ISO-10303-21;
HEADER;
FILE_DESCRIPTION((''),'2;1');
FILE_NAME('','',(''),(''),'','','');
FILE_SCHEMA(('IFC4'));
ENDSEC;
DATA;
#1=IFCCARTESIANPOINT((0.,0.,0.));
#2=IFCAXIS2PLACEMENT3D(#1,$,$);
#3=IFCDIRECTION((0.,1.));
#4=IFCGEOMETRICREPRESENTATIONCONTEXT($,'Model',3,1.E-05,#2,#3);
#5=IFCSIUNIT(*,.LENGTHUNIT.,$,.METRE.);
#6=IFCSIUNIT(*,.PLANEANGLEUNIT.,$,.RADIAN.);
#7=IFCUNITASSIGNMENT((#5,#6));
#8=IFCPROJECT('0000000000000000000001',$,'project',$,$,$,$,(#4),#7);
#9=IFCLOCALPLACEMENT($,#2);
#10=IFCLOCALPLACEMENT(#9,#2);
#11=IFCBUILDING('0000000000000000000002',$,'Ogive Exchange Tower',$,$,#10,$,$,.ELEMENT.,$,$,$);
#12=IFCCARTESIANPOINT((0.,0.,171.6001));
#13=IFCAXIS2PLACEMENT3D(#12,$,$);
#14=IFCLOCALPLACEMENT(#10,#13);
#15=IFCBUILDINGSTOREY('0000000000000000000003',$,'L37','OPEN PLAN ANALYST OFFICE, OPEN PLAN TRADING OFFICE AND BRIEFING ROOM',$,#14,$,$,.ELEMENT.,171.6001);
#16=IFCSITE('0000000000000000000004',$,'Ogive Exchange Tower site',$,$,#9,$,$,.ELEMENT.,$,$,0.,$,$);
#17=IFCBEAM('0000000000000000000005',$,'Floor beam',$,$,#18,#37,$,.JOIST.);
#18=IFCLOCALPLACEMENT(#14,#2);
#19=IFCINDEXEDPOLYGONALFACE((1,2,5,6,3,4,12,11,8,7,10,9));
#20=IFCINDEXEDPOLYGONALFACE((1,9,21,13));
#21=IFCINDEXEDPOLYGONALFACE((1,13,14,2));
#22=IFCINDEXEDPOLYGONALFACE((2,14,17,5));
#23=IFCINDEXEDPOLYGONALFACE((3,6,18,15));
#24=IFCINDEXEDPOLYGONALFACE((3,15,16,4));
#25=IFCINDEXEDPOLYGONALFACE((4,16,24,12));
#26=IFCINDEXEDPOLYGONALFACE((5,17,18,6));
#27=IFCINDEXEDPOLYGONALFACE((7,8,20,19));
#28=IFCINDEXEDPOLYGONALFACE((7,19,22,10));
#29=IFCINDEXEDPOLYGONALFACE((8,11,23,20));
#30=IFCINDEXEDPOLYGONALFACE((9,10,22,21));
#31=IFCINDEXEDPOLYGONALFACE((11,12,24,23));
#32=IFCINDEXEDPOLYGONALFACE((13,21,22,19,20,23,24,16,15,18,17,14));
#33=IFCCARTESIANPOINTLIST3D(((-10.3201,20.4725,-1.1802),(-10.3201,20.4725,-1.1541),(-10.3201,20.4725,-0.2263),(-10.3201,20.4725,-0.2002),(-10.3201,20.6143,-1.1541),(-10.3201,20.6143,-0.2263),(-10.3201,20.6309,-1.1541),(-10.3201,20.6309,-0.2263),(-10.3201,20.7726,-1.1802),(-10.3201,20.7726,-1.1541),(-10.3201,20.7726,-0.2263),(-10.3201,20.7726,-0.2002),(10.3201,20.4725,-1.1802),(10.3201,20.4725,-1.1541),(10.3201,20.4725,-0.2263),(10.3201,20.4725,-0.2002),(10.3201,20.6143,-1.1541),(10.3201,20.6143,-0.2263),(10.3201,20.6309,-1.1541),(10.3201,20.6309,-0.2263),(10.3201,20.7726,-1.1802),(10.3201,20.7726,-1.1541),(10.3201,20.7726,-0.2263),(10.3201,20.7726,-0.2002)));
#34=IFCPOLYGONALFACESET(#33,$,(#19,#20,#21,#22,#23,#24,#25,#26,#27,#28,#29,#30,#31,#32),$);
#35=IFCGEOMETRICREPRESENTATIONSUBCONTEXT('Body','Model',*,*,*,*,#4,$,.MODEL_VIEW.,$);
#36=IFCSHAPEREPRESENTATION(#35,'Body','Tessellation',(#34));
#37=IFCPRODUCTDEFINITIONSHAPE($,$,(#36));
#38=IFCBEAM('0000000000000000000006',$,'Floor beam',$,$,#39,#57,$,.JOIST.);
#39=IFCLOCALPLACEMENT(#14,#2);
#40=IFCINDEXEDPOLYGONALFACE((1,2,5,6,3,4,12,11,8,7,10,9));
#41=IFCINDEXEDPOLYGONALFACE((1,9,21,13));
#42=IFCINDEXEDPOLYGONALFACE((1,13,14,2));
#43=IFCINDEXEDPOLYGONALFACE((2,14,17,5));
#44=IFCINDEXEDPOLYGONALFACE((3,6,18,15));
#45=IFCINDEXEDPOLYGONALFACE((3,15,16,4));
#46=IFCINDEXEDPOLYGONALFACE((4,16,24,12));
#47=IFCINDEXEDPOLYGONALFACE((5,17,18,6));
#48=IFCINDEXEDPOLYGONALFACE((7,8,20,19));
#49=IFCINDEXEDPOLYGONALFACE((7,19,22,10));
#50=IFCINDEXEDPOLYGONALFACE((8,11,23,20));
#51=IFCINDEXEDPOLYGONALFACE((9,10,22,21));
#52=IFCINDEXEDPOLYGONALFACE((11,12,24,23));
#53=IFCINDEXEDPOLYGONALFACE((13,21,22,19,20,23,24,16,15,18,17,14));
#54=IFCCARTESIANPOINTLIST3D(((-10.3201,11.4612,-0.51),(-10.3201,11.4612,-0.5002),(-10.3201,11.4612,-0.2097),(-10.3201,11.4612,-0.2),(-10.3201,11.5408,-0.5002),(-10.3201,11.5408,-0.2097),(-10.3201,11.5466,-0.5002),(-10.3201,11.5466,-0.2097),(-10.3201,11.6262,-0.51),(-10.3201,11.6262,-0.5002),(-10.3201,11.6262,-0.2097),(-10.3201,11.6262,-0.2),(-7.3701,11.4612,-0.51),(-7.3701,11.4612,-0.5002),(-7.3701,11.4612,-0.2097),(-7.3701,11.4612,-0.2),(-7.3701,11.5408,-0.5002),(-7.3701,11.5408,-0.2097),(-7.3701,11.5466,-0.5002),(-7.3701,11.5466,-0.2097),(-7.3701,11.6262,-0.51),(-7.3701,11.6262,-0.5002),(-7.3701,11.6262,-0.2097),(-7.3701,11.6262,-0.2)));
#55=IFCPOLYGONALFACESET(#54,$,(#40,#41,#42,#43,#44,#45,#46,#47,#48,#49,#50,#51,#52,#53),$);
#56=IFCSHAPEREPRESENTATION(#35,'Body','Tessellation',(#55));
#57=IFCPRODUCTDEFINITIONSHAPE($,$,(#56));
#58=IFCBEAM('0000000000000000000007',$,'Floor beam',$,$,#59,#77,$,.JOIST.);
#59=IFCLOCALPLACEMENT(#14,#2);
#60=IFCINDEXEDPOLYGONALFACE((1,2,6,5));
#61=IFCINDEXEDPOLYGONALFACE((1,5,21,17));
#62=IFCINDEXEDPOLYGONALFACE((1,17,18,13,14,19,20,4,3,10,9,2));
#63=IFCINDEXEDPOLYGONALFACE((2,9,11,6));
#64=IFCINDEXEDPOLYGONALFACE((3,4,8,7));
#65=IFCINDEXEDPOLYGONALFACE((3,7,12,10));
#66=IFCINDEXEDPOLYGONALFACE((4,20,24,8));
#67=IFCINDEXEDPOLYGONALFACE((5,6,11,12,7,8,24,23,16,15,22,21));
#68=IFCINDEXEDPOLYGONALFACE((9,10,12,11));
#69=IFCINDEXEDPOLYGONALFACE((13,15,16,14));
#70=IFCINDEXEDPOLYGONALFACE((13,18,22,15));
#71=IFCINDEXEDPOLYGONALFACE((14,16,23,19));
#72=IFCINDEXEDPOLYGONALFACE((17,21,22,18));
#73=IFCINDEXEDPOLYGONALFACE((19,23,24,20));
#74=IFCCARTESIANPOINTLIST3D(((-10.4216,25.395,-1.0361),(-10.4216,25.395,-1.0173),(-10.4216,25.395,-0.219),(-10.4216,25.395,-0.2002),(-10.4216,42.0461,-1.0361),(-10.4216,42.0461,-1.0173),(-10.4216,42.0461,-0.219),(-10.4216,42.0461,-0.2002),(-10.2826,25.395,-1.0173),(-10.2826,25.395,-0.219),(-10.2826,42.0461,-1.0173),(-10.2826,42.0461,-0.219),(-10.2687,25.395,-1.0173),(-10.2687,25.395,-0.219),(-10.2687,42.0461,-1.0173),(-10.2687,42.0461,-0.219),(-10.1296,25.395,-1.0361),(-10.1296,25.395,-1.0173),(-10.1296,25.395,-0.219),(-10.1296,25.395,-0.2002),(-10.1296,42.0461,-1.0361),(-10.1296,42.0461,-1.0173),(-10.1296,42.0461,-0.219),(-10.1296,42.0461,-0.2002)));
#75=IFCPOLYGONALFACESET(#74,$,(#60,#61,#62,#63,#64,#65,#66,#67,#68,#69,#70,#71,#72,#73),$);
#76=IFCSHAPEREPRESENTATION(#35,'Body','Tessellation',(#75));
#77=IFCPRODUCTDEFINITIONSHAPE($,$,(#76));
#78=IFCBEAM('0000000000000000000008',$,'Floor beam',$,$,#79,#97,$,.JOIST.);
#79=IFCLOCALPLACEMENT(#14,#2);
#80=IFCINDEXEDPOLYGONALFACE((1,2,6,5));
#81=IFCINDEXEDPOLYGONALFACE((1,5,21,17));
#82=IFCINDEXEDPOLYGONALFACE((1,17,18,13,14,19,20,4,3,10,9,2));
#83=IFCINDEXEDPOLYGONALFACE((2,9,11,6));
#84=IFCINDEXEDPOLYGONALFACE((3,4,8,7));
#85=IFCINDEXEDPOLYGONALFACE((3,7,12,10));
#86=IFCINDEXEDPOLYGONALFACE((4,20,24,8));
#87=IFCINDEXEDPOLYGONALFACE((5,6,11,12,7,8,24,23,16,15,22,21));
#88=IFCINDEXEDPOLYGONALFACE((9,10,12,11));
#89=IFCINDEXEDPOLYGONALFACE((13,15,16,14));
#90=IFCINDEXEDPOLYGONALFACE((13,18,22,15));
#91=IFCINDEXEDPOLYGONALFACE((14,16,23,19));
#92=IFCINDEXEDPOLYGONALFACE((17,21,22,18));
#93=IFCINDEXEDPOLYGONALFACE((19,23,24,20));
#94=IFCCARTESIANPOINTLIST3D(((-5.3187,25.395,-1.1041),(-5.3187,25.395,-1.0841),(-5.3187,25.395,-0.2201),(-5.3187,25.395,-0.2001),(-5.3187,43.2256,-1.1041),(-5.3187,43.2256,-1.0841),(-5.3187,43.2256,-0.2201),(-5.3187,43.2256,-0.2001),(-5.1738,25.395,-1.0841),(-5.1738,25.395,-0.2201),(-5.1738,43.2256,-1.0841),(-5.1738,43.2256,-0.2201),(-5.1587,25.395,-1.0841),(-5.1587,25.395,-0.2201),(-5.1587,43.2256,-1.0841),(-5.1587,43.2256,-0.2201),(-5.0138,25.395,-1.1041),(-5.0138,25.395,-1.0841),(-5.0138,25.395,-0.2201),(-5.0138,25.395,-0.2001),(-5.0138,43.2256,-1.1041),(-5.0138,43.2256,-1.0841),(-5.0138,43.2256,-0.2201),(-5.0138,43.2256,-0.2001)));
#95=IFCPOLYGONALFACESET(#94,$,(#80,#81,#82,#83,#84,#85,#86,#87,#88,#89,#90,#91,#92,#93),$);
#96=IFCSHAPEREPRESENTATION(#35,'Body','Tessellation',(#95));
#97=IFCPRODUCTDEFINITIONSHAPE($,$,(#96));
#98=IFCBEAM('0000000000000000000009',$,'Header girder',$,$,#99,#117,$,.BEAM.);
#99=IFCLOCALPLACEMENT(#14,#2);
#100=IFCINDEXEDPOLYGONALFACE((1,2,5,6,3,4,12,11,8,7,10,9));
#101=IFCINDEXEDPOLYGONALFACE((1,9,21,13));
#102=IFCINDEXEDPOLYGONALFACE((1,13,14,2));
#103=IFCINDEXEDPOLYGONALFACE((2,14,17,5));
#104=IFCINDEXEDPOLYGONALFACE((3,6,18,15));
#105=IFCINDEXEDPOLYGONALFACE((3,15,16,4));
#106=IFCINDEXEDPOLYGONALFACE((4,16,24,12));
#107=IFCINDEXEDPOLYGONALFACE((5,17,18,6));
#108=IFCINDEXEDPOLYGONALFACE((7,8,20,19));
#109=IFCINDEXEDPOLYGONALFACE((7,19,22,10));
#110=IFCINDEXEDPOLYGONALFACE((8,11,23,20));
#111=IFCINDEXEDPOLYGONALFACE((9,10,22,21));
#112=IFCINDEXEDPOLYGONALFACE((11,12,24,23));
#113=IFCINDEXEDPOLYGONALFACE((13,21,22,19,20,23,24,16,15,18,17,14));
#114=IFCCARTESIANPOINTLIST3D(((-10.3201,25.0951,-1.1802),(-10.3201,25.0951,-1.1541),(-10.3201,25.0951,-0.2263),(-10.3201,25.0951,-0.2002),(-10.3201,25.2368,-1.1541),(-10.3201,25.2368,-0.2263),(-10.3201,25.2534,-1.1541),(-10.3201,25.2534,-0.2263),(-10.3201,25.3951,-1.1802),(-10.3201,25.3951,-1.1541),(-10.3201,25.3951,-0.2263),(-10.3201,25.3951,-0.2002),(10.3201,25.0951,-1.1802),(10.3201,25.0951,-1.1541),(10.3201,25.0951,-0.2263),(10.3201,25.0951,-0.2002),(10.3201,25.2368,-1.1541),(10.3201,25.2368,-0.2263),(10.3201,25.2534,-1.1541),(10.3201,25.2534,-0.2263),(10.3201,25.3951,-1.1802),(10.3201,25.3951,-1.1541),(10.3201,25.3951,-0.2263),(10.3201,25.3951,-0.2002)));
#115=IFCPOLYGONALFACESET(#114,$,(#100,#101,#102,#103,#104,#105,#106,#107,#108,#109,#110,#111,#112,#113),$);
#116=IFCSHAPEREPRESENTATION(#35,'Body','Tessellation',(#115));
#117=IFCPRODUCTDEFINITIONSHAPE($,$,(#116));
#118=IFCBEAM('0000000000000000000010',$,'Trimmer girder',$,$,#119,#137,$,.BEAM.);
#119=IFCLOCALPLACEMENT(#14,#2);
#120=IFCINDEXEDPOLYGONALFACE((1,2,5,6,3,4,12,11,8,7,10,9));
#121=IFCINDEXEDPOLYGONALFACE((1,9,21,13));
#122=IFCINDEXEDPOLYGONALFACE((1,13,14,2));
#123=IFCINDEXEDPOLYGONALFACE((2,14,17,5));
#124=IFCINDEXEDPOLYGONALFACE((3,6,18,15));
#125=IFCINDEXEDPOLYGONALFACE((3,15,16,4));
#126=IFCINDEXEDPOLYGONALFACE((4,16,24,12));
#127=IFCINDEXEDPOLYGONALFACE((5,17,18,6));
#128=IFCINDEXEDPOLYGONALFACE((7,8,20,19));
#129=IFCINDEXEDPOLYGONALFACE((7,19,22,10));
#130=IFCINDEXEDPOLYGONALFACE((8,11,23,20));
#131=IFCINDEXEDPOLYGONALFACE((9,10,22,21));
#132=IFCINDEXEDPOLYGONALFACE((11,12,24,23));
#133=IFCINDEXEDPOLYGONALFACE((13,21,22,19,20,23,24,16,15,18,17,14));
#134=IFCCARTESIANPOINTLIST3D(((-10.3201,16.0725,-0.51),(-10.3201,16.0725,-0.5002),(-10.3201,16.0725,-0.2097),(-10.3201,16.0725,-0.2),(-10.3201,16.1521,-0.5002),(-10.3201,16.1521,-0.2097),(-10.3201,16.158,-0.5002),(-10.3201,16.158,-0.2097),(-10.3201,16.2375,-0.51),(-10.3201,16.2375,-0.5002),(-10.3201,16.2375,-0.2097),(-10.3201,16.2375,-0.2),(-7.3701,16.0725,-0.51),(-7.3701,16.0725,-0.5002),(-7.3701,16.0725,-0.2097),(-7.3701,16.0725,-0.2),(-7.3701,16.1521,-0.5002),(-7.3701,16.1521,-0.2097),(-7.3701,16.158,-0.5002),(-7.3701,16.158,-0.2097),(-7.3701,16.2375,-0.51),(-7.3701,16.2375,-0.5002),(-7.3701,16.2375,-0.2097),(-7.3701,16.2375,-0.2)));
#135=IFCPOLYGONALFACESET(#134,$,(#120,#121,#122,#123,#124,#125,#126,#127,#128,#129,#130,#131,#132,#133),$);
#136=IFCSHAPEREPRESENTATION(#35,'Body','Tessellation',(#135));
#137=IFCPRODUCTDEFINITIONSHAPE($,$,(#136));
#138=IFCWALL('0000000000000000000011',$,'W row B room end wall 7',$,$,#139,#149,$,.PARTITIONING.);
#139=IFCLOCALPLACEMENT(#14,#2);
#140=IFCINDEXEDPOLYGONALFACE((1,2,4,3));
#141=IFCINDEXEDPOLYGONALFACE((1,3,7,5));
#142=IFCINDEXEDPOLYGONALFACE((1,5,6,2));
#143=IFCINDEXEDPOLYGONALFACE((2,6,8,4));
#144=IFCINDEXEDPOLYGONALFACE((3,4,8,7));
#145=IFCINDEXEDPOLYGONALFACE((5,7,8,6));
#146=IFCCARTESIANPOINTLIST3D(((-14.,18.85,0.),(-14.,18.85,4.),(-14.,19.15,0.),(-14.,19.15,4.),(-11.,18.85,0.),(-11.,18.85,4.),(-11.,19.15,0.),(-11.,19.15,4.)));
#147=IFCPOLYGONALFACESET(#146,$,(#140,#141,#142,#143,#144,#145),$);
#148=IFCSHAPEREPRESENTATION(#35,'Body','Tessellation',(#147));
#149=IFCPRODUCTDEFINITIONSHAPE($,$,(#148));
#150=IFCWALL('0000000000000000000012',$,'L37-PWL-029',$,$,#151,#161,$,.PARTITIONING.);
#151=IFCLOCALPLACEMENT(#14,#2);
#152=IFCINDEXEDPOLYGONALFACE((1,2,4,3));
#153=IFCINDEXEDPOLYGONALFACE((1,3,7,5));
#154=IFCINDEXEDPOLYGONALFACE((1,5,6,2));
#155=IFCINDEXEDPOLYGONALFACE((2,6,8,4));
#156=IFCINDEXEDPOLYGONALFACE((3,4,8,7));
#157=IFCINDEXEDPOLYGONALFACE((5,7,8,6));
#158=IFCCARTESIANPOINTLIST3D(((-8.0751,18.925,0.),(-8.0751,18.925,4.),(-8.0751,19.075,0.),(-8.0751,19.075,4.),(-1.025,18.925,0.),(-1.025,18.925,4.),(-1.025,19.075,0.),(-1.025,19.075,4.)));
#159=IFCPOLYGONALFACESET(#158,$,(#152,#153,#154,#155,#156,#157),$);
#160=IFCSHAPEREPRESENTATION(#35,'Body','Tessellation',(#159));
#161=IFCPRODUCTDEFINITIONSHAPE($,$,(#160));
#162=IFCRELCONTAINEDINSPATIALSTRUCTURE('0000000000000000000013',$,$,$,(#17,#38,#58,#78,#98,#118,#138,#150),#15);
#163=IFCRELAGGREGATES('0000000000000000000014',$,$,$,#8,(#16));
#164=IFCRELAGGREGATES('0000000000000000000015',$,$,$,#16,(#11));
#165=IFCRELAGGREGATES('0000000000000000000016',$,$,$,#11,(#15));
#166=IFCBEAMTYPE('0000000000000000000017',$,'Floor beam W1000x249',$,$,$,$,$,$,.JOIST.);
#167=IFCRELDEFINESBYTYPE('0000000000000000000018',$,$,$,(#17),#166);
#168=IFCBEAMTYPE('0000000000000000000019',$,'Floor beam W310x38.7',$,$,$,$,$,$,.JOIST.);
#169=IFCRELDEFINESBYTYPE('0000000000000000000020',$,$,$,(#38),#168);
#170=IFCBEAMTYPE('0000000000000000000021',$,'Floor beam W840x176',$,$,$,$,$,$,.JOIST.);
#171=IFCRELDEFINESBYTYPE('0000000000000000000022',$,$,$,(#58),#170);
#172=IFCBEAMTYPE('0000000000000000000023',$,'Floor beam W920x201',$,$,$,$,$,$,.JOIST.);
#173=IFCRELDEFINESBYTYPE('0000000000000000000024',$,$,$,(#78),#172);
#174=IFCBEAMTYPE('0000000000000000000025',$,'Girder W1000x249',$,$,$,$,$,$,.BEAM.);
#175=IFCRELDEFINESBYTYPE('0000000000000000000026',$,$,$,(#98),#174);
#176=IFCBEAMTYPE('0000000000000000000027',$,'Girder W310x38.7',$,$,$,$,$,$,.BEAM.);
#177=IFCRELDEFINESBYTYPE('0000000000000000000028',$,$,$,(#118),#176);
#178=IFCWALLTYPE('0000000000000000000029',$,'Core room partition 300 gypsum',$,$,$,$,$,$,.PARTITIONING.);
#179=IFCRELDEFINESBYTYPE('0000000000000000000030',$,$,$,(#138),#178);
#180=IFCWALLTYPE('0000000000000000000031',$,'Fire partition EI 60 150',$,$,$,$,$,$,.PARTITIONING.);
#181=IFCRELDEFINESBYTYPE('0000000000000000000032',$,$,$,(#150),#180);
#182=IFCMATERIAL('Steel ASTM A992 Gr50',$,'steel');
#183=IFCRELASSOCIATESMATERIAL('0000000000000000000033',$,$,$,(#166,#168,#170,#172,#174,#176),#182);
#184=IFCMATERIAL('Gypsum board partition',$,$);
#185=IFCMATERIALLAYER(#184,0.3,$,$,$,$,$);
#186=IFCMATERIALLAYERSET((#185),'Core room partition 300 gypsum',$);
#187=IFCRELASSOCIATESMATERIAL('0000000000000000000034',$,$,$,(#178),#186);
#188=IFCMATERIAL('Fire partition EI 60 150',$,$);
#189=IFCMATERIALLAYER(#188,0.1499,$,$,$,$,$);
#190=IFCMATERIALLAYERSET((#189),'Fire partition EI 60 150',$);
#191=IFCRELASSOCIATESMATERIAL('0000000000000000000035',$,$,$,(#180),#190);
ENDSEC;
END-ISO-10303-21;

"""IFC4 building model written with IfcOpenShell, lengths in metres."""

from ifc_helpers import new_model, si_unit, direction, frame, frame_2d, origin, origin_2d, place, context, subcontext, project, spatial, rectangle, i_section, extrude, material, layer, layer_set, material_profile, profile_set, type_object, element, save


model = new_model("IFC4")

# Units and contexts
model_context = context("Model", 3, precision=1e-05, world=origin(), true_north=direction((0.0, 1.0)))
body_context = subcontext(model_context, "Body", "Model", "MODEL_VIEW")
ifc_project = project(units=[si_unit("LENGTHUNIT", "METRE"), si_unit("PLANEANGLEUNIT", "RADIAN")], contexts=[model_context])

# Site, building, storey
site_placement = place(None, origin())
site = spatial("IfcSite", under=ifc_project, at=site_placement, Name="Ogive Exchange Tower site", CompositionType="ELEMENT", RefElevation=0.0)
building_placement = place(site_placement, origin())
building = spatial("IfcBuilding", under=site, at=building_placement, Name="Ogive Exchange Tower", CompositionType="ELEMENT")
storey_placement = place(building_placement, frame((0.0, 0.0, 171.6001)))
storey = spatial("IfcBuildingStorey", under=building, at=storey_placement, Name="L37", Description="OPEN PLAN ANALYST OFFICE, OPEN PLAN TRADING OFFICE AND BRIEFING ROOM", CompositionType="ELEMENT", Elevation=171.6001)

# Beams
ifc_material_1 = material(Name="Steel ASTM A992 Gr50", Category="steel")
ifc_material_profile_1 = material_profile(ifc_material_1, i_section(OverallWidth=0.3, OverallDepth=0.98, WebThickness=0.0166, FlangeThickness=0.0261, at=origin_2d()), Name="W1000x249")
ifc_profile_set_1 = profile_set([ifc_material_profile_1], Name="Steel ASTM A992 Gr50")
beam_type_1 = type_object("IfcBeamType", Name="Floor beam W1000x249", PredefinedType="JOIST", material=ifc_profile_set_1)
beam_1_placement = place(storey_placement, frame((-10.3201, 20.6226, -0.6902), z_axis=(1.0, 0.0, 0.0), x_axis=(0.0, 1.0, 0.0)))
element("IfcBeam", 1, at=beam_1_placement, inside=storey, type_object=beam_type_1, Name="Floor beam", PredefinedType="JOIST", context=body_context, shape_type="SweptSolid", body=[
    extrude(i_section(OverallWidth=0.3, OverallDepth=0.98, WebThickness=0.0166, FlangeThickness=0.0261, at=origin_2d()), origin(), (0.0, 0.0, 1.0), 20.6401),
])
ifc_material_profile_2 = material_profile(ifc_material_1, i_section(OverallWidth=0.165, OverallDepth=0.3101, WebThickness=0.0059, FlangeThickness=0.0098, at=origin_2d()), Name="W310x38.7")
ifc_profile_set_2 = profile_set([ifc_material_profile_2], Name="Steel ASTM A992 Gr50")
beam_type_2 = type_object("IfcBeamType", Name="Floor beam W310x38.7", PredefinedType="JOIST", material=ifc_profile_set_2)
beam_2_placement = place(storey_placement, frame((-10.3201, 11.5437, -0.355), z_axis=(1.0, 0.0, 0.0), x_axis=(0.0, 1.0, 0.0)))
element("IfcBeam", 2, at=beam_2_placement, inside=storey, type_object=beam_type_2, Name="Floor beam", PredefinedType="JOIST", context=body_context, shape_type="SweptSolid", body=[
    extrude(i_section(OverallWidth=0.165, OverallDepth=0.3101, WebThickness=0.0059, FlangeThickness=0.0098, at=origin_2d()), origin(), (0.0, 0.0, 1.0), 2.95),
])
ifc_material_profile_3 = material_profile(ifc_material_1, i_section(OverallWidth=0.292, OverallDepth=0.8359, WebThickness=0.0139, FlangeThickness=0.0188, at=origin_2d()), Name="W840x176")
ifc_profile_set_3 = profile_set([ifc_material_profile_3], Name="Steel ASTM A992 Gr50")
beam_type_3 = type_object("IfcBeamType", Name="Floor beam W840x176", PredefinedType="JOIST", material=ifc_profile_set_3)
beam_3_placement = place(storey_placement, frame((-10.2756, 25.395, -0.6182), z_axis=(0.0, 1.0, 0.0), x_axis=(-1.0, 0.0, 0.0)))
element("IfcBeam", 3, at=beam_3_placement, inside=storey, type_object=beam_type_3, Name="Floor beam", PredefinedType="JOIST", context=body_context, shape_type="SweptSolid", body=[
    extrude(i_section(OverallWidth=0.292, OverallDepth=0.8359, WebThickness=0.0139, FlangeThickness=0.0188, at=origin_2d()), origin(), (0.0, 0.0, 1.0), 16.6511),
])
ifc_material_profile_4 = material_profile(ifc_material_1, i_section(OverallWidth=0.3049, OverallDepth=0.9041, WebThickness=0.0151, FlangeThickness=0.02, at=origin_2d()), Name="W920x201")
ifc_profile_set_4 = profile_set([ifc_material_profile_4], Name="Steel ASTM A992 Gr50")
beam_type_4 = type_object("IfcBeamType", Name="Floor beam W920x201", PredefinedType="JOIST", material=ifc_profile_set_4)
beam_4_placement = place(storey_placement, frame((-5.1663, 25.395, -0.6521), z_axis=(0.0, 1.0, 0.0), x_axis=(-1.0, 0.0, 0.0)))
element("IfcBeam", 4, at=beam_4_placement, inside=storey, type_object=beam_type_4, Name="Floor beam", PredefinedType="JOIST", context=body_context, shape_type="SweptSolid", body=[
    extrude(i_section(OverallWidth=0.3049, OverallDepth=0.9041, WebThickness=0.0151, FlangeThickness=0.02, at=origin_2d()), origin(), (0.0, 0.0, 1.0), 17.8306),
])
ifc_material_profile_5 = material_profile(ifc_material_1, i_section(OverallWidth=0.3, OverallDepth=0.98, WebThickness=0.0166, FlangeThickness=0.0261, at=origin_2d()), Name="W1000x249")
ifc_profile_set_5 = profile_set([ifc_material_profile_5], Name="Steel ASTM A992 Gr50")
beam_type_5 = type_object("IfcBeamType", Name="Girder W1000x249", PredefinedType="BEAM", material=ifc_profile_set_5)
beam_5_placement = place(storey_placement, frame((-10.3201, 25.2451, -0.6902), z_axis=(1.0, 0.0, 0.0), x_axis=(0.0, 1.0, 0.0)))
element("IfcBeam", 5, at=beam_5_placement, inside=storey, type_object=beam_type_5, Name="Header girder", PredefinedType="BEAM", context=body_context, shape_type="SweptSolid", body=[
    extrude(i_section(OverallWidth=0.3, OverallDepth=0.98, WebThickness=0.0166, FlangeThickness=0.0261, at=origin_2d()), origin(), (0.0, 0.0, 1.0), 20.6401),
])
ifc_material_profile_6 = material_profile(ifc_material_1, i_section(OverallWidth=0.165, OverallDepth=0.3101, WebThickness=0.0059, FlangeThickness=0.0098, at=origin_2d()), Name="W310x38.7")
ifc_profile_set_6 = profile_set([ifc_material_profile_6], Name="Steel ASTM A992 Gr50")
beam_type_6 = type_object("IfcBeamType", Name="Girder W310x38.7", PredefinedType="BEAM", material=ifc_profile_set_6)
beam_6_placement = place(storey_placement, frame((-10.3201, 16.155, -0.355), z_axis=(1.0, 0.0, 0.0), x_axis=(0.0, 1.0, 0.0)))
element("IfcBeam", 6, at=beam_6_placement, inside=storey, type_object=beam_type_6, Name="Trimmer girder", PredefinedType="BEAM", context=body_context, shape_type="SweptSolid", body=[
    extrude(i_section(OverallWidth=0.165, OverallDepth=0.3101, WebThickness=0.0059, FlangeThickness=0.0098, at=origin_2d()), origin(), (0.0, 0.0, 1.0), 2.95),
])

# Walls
ifc_material_2 = material(Name="Gypsum board partition")
ifc_layer_1 = layer(ifc_material_2, 0.3)
ifc_layer_set_1 = layer_set([ifc_layer_1], Name="Core room partition 300 gypsum")
wall_type_1 = type_object("IfcWallType", Name="Core room partition 300 gypsum", PredefinedType="PARTITIONING", material=ifc_layer_set_1)
wall_1_placement = place(storey_placement, frame((-14.0, 19.0, 0.0), z_axis=(0.0, 0.0, 1.0), x_axis=(1.0, 0.0, 0.0)))
element("IfcWall", 7, at=wall_1_placement, inside=storey, type_object=wall_type_1, Name="W row B room end wall 7", PredefinedType="PARTITIONING", context=body_context, shape_type="SweptSolid", body=[
    extrude(rectangle(XDim=3.0, YDim=0.3, at=frame_2d((1.5, 0.0))), origin(), (0.0, 0.0, 1.0), 4.0),
])
ifc_material_3 = material(Name="Fire partition EI 60 150")
ifc_layer_2 = layer(ifc_material_3, 0.1499)
ifc_layer_set_2 = layer_set([ifc_layer_2], Name="Fire partition EI 60 150")
wall_type_2 = type_object("IfcWallType", Name="Fire partition EI 60 150", PredefinedType="PARTITIONING", material=ifc_layer_set_2)
wall_2_placement = place(storey_placement, frame((-8.075, 19.0, 0.0), z_axis=(0.0, 0.0, 1.0), x_axis=(1.0, 0.0, 0.0)))
element("IfcWall", 8, at=wall_2_placement, inside=storey, type_object=wall_type_2, Name="L37-PWL-029", PredefinedType="PARTITIONING", context=body_context, shape_type="SweptSolid", body=[
    extrude(rectangle(XDim=7.05, YDim=0.1499, at=frame_2d((3.5249, 0.0))), origin(), (0.0, 0.0, 1.0), 4.0),
])

save(model, "model.ifc")
